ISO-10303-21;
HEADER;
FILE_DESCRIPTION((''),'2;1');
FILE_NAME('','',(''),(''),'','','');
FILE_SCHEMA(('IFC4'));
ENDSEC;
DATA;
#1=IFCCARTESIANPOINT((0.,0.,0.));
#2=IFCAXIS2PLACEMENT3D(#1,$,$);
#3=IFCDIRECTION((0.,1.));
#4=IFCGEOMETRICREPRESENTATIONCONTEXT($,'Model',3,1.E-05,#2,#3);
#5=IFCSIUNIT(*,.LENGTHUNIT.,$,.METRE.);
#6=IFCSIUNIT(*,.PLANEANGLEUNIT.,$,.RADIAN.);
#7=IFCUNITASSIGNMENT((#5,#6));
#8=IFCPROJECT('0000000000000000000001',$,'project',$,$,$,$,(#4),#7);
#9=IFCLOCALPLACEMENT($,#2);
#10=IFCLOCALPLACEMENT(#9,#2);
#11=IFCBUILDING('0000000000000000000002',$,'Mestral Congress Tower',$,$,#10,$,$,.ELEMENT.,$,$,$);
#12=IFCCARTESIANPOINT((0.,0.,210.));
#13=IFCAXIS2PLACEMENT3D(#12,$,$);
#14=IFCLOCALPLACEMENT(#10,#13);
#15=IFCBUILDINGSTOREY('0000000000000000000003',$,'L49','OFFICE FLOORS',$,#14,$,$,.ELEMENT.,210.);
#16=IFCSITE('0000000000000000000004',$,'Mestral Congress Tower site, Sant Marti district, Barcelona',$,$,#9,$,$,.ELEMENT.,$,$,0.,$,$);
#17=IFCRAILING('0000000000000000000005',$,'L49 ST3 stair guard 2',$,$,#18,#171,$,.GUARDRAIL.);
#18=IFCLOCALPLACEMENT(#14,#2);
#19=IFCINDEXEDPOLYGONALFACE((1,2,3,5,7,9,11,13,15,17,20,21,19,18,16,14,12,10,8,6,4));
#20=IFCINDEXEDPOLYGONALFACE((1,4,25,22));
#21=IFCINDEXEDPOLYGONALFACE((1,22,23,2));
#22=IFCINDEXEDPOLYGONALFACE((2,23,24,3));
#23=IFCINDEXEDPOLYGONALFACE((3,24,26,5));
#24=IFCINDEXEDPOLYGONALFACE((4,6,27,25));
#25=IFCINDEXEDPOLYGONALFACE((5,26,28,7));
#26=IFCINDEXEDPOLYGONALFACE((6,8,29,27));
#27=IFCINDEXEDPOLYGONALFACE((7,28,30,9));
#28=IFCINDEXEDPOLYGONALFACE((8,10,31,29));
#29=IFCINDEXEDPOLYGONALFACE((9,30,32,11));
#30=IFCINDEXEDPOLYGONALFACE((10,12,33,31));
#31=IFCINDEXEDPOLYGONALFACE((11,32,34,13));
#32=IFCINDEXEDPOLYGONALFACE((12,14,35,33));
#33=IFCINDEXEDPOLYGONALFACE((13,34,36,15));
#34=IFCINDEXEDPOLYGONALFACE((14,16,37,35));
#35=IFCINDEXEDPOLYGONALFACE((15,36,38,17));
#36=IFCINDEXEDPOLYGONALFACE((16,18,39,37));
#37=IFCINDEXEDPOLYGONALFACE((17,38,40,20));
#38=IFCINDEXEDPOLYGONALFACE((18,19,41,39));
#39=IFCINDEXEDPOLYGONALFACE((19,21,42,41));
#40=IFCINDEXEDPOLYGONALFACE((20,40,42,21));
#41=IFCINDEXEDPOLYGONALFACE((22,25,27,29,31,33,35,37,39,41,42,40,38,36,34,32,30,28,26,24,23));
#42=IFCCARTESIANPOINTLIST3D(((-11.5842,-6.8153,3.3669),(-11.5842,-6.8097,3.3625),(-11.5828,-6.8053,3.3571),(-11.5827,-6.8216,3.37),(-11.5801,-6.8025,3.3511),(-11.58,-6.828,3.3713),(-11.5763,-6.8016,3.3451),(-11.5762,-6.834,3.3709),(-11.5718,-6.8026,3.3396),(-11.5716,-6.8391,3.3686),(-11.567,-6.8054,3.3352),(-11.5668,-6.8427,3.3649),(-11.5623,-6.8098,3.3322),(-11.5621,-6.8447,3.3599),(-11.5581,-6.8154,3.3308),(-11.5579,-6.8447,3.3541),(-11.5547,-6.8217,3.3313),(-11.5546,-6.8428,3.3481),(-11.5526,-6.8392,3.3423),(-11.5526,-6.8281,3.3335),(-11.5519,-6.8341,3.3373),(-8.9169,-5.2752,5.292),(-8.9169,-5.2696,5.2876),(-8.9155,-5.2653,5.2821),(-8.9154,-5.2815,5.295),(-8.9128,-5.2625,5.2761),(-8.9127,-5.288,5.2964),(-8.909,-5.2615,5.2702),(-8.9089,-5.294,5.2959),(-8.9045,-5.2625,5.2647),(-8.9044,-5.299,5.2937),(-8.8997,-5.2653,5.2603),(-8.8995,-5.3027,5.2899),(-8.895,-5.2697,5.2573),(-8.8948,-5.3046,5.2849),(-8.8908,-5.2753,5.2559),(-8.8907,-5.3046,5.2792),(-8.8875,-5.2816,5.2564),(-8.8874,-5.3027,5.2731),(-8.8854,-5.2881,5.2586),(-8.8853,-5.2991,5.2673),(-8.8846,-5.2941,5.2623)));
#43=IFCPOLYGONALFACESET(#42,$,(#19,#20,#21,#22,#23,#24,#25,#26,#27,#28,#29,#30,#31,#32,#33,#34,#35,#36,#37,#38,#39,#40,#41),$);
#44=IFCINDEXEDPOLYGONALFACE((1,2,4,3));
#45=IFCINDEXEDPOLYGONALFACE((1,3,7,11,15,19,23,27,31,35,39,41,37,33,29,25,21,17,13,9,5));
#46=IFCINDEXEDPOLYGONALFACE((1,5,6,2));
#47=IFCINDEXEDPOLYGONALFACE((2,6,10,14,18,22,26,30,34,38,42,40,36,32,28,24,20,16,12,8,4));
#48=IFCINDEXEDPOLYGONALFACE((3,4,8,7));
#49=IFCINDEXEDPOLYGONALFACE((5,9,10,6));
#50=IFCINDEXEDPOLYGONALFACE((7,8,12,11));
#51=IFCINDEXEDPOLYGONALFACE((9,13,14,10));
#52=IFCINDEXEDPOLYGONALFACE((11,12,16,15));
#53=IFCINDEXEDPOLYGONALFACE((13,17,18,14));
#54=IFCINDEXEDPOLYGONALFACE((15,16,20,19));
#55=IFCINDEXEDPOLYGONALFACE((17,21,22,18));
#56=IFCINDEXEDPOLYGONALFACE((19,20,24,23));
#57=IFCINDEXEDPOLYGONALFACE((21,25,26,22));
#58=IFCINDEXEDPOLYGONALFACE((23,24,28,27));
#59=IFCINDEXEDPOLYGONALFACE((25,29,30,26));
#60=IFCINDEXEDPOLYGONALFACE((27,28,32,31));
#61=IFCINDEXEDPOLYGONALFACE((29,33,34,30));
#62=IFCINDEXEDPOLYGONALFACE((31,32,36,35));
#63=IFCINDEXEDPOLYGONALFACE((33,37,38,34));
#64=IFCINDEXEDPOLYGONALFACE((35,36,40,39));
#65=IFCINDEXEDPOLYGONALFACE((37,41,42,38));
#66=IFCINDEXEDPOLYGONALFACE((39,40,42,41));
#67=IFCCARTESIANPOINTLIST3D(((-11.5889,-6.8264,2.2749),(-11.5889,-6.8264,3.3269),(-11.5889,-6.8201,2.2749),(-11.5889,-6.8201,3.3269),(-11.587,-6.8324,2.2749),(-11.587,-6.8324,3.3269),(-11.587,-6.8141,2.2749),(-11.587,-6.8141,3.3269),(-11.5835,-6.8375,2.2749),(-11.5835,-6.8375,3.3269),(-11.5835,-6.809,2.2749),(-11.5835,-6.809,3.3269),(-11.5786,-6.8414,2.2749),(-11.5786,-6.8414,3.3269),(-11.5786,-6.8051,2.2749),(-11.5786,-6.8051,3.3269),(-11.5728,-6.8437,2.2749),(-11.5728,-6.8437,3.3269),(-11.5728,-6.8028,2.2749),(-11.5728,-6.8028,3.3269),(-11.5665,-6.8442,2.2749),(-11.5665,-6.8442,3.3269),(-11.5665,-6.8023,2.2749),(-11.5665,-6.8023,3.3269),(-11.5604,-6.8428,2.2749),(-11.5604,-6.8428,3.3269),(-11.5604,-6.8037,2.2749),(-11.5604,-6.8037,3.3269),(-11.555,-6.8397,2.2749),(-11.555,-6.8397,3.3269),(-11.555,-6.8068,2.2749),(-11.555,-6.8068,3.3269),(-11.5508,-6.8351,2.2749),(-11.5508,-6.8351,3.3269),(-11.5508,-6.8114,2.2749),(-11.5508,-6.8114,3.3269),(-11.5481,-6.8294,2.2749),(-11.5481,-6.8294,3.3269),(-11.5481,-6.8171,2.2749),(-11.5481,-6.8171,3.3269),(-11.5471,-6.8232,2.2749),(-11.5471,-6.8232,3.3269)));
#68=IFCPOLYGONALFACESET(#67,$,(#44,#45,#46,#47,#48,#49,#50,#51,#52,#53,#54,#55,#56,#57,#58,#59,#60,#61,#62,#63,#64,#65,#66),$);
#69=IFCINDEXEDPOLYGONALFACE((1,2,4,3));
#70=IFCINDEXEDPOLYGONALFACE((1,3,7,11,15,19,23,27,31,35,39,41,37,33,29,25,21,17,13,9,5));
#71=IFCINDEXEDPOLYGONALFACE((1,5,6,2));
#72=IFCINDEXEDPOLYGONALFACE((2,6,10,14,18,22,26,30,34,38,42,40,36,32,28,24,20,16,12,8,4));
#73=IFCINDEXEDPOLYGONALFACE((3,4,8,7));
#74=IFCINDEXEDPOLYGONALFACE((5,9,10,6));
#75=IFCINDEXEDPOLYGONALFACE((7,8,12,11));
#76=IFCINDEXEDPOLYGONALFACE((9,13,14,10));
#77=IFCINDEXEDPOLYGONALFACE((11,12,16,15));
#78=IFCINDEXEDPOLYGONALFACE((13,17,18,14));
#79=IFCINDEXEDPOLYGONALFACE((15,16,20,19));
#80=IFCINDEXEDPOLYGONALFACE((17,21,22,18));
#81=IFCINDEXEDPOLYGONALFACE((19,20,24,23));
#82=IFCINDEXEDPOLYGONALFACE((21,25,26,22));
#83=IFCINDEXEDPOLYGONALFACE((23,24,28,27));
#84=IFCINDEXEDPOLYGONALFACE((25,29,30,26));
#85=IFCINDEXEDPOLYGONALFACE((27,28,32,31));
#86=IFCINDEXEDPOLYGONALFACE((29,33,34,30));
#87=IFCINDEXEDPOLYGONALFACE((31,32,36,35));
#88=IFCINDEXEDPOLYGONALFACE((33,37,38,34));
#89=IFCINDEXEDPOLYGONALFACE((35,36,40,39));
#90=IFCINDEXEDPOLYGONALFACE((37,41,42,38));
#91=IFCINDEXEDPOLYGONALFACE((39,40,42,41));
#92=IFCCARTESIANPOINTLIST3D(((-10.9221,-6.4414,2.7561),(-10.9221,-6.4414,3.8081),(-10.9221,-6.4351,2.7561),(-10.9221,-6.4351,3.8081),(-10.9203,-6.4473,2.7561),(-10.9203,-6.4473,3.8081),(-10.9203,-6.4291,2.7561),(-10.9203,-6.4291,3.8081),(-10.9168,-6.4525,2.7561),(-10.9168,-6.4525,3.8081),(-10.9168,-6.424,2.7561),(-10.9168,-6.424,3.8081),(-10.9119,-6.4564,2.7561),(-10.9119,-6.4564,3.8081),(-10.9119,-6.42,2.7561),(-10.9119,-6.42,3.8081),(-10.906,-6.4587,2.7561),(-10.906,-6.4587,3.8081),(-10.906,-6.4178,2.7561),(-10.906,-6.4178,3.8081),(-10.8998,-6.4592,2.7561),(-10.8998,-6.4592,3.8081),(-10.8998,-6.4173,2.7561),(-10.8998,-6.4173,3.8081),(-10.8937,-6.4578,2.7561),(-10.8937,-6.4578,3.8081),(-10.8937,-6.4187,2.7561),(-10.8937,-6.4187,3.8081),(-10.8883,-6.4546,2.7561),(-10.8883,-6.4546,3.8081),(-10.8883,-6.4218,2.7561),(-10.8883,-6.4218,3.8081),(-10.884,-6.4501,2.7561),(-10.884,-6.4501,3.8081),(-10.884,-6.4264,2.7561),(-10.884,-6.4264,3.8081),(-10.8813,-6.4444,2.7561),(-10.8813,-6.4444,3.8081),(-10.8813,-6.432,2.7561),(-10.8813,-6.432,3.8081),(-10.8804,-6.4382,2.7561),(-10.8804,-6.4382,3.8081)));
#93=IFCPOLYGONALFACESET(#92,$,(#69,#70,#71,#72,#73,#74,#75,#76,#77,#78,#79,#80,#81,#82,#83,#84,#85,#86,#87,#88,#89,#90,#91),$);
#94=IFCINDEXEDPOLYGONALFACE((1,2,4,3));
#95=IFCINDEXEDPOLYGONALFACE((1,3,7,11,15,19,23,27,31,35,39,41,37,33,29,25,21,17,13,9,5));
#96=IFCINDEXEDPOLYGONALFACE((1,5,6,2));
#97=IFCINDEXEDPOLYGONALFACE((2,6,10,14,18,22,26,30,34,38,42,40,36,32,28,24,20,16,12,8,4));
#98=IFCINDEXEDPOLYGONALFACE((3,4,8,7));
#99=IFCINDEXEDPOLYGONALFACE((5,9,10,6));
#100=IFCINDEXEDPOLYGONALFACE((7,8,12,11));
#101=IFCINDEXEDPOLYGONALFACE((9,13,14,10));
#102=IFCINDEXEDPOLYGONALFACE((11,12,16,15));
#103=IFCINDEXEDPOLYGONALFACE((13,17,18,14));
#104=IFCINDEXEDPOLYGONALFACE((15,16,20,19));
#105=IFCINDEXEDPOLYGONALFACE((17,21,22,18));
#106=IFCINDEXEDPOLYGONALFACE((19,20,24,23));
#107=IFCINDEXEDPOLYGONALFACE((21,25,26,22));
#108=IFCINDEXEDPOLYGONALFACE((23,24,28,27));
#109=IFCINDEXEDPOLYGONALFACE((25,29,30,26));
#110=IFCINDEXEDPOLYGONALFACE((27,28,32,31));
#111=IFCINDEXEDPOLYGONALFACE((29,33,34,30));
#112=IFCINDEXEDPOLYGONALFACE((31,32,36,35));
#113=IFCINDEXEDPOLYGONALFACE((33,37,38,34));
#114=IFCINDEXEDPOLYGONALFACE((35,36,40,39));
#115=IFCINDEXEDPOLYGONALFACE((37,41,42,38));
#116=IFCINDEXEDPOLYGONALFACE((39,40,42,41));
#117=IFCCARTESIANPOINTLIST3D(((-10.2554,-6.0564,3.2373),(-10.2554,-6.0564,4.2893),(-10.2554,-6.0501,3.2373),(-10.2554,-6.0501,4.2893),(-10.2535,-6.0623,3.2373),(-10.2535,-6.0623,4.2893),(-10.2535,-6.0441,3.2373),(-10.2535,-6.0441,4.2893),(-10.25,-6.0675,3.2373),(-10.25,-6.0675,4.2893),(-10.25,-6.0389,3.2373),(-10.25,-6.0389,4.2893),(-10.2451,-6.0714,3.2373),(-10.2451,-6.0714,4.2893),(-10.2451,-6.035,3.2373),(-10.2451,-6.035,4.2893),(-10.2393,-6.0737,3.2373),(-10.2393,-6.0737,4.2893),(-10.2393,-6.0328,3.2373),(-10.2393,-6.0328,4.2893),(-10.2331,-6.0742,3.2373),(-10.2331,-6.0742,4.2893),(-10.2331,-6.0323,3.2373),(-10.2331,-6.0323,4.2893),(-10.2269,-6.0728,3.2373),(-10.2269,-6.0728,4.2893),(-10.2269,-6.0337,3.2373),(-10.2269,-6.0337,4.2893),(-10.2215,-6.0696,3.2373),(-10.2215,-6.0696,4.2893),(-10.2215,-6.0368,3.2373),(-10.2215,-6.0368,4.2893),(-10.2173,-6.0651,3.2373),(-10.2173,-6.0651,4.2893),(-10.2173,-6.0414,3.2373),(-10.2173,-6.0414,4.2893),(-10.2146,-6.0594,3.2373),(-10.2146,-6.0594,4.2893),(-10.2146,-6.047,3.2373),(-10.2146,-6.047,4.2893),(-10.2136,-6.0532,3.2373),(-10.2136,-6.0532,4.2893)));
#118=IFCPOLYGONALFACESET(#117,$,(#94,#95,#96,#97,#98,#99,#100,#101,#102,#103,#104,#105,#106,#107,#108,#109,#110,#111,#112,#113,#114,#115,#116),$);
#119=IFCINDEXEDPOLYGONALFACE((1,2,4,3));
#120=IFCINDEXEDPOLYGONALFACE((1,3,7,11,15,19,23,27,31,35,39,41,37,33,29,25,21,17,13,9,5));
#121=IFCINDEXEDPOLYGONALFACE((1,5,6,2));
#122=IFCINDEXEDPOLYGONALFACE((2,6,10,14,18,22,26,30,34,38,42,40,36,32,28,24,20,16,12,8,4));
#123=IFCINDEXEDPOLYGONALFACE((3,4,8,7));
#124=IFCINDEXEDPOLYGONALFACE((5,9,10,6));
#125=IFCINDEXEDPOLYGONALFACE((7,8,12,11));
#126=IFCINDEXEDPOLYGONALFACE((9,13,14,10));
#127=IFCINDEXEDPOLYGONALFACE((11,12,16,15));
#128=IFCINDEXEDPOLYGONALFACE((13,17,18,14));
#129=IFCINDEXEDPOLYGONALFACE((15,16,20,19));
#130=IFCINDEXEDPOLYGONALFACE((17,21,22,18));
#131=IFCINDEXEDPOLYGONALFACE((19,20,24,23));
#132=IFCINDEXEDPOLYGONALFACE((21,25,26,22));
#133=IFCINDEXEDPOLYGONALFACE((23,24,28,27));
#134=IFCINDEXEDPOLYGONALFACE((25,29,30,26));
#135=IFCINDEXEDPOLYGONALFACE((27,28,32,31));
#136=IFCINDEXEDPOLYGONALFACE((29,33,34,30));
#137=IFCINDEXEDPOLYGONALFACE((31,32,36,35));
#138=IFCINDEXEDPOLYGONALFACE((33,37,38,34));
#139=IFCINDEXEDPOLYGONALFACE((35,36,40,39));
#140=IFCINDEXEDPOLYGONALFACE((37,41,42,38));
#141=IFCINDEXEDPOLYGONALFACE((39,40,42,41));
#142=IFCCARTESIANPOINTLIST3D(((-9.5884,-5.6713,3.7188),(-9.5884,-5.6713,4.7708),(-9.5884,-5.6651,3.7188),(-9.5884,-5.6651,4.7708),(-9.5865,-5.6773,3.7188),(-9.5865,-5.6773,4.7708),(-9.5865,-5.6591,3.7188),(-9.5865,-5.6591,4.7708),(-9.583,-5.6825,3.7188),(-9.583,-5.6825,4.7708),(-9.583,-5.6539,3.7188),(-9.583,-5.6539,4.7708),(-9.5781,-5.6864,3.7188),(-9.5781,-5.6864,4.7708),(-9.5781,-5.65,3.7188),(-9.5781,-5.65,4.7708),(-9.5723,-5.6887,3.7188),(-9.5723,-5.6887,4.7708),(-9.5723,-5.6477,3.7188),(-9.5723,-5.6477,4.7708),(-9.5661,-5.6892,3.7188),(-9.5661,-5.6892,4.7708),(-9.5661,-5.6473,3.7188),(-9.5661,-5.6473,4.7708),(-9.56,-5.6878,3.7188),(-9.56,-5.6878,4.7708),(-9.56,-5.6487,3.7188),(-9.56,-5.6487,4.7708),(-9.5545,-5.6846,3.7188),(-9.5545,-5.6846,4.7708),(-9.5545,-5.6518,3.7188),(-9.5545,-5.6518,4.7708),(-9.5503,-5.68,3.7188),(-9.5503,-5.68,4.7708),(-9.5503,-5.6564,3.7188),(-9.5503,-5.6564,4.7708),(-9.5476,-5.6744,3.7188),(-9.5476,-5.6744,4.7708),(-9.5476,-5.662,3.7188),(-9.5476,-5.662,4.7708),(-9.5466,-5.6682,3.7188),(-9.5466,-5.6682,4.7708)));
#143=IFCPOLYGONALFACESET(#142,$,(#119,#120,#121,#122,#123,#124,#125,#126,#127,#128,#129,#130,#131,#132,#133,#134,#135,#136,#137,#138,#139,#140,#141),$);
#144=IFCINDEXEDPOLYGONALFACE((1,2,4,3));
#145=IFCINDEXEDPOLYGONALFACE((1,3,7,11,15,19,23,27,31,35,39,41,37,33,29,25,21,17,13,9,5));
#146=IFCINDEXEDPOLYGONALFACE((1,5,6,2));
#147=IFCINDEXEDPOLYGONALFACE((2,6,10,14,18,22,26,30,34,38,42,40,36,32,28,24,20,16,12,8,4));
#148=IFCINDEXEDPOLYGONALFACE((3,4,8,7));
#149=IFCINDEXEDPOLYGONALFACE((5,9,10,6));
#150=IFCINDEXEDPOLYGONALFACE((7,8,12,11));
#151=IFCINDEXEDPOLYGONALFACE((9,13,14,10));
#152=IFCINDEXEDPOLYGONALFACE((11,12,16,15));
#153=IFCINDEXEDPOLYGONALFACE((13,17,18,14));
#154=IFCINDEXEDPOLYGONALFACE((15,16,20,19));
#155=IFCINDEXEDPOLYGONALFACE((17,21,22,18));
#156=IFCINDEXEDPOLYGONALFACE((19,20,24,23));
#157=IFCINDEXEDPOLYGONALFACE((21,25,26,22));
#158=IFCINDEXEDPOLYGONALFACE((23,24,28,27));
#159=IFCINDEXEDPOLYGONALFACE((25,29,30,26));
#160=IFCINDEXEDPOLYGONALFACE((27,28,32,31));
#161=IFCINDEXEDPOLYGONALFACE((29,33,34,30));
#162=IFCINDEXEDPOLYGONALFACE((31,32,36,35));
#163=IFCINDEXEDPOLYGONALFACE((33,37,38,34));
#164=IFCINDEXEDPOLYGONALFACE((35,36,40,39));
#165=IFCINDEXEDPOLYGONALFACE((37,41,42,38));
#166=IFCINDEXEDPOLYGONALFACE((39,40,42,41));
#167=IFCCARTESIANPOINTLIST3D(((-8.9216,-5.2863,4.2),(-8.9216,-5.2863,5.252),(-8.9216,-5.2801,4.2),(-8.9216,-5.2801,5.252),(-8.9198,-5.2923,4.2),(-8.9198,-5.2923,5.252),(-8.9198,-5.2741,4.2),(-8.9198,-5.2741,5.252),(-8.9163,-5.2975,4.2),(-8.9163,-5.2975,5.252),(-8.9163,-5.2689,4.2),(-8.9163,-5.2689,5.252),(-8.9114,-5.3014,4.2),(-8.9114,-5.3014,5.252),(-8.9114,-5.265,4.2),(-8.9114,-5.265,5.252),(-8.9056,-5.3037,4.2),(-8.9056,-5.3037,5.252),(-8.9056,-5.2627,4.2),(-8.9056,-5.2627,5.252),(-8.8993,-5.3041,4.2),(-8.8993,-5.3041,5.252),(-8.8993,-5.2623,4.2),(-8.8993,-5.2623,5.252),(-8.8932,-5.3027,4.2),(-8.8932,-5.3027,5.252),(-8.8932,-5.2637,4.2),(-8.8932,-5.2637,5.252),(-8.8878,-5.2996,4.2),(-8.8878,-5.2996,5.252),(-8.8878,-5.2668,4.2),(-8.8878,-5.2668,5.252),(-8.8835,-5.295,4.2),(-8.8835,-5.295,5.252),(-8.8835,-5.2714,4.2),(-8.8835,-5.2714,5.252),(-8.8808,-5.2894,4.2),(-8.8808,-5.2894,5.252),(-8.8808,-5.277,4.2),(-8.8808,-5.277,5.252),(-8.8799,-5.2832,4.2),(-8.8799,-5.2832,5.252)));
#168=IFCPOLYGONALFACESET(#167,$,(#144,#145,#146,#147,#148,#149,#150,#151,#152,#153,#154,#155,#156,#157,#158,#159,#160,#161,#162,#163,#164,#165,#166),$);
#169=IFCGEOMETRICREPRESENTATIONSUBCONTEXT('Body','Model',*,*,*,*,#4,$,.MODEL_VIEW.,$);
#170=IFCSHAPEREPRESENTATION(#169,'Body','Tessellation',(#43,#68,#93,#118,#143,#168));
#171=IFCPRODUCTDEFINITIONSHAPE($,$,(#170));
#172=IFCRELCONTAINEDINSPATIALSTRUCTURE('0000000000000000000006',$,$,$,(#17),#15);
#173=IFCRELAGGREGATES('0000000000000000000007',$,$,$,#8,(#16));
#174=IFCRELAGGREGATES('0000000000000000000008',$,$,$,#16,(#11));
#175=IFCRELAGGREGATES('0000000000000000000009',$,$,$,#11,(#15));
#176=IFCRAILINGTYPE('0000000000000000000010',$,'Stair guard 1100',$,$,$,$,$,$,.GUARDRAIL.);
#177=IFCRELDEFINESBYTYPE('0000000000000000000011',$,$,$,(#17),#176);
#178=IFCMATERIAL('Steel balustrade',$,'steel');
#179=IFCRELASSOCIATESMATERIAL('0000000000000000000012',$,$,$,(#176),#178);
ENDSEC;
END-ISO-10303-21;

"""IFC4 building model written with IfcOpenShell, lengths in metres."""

from ifc_helpers import new_model, si_unit, direction, frame, origin, origin_2d, place, context, subcontext, project, spatial, circle, extrude, material, type_object, element, save


model = new_model("IFC4")

# Units and contexts
model_context = context("Model", 3, precision=1e-05, world=origin(), true_north=direction((0.0, 1.0)))
body_context = subcontext(model_context, "Body", "Model", "MODEL_VIEW")
ifc_project = project(units=[si_unit("LENGTHUNIT", "METRE"), si_unit("PLANEANGLEUNIT", "RADIAN")], contexts=[model_context])

# Site, building, storey
site_placement = place(None, origin())
site = spatial("IfcSite", under=ifc_project, at=site_placement, Name="Mestral Congress Tower site, Sant Marti district, Barcelona", CompositionType="ELEMENT", RefElevation=0.0)
building_placement = place(site_placement, origin())
building = spatial("IfcBuilding", under=site, at=building_placement, Name="Mestral Congress Tower", CompositionType="ELEMENT")
storey_placement = place(building_placement, frame((0.0, 0.0, 210.0)))
storey = spatial("IfcBuildingStorey", under=building, at=storey_placement, Name="L49", Description="OFFICE FLOORS", CompositionType="ELEMENT", Elevation=210.0)

# Railing
ifc_material_1 = material(Name="Steel balustrade", Category="steel")
railing_type_1 = type_object("IfcRailingType", Name="Stair guard 1100", PredefinedType="GUARDRAIL", material=ifc_material_1)
railing_1_placement = place(storey_placement, frame((-11.5681, -6.8232, 2.2749)))
element("IfcRailing", 1, at=railing_1_placement, inside=storey, type_object=railing_type_1, Name="L49 ST3 stair guard 2", PredefinedType="GUARDRAIL", context=body_context, shape_type="SweptSolid", body=[
    extrude(circle(Radius=0.0239, at=origin_2d()), frame((0.0, 0.0, 1.0762), z_axis=(0.734364, 0.424015, 0.530019), x_axis=(-0.500027, 0.86601, 0.0)), (0.0, 0.0, 1.0), 3.6321),
    extrude(circle(Radius=0.021, at=origin_2d()), origin(), (0.0, 0.0, 1.0), 1.052),
    extrude(circle(Radius=0.021, at=origin_2d()), frame((0.6667, 0.385, 0.4812)), (0.0, 0.0, 1.0), 1.052),
    extrude(circle(Radius=0.021, at=origin_2d()), frame((1.3335, 0.77, 0.9624)), (0.0, 0.0, 1.0), 1.052),
    extrude(circle(Radius=0.021, at=origin_2d()), frame((2.0005, 1.155, 1.4438)), (0.0, 0.0, 1.0), 1.052),
    extrude(circle(Radius=0.021, at=origin_2d()), frame((2.6672, 1.54, 1.925)), (0.0, 0.0, 1.0), 1.052),
])

save(model, "model.ifc")
